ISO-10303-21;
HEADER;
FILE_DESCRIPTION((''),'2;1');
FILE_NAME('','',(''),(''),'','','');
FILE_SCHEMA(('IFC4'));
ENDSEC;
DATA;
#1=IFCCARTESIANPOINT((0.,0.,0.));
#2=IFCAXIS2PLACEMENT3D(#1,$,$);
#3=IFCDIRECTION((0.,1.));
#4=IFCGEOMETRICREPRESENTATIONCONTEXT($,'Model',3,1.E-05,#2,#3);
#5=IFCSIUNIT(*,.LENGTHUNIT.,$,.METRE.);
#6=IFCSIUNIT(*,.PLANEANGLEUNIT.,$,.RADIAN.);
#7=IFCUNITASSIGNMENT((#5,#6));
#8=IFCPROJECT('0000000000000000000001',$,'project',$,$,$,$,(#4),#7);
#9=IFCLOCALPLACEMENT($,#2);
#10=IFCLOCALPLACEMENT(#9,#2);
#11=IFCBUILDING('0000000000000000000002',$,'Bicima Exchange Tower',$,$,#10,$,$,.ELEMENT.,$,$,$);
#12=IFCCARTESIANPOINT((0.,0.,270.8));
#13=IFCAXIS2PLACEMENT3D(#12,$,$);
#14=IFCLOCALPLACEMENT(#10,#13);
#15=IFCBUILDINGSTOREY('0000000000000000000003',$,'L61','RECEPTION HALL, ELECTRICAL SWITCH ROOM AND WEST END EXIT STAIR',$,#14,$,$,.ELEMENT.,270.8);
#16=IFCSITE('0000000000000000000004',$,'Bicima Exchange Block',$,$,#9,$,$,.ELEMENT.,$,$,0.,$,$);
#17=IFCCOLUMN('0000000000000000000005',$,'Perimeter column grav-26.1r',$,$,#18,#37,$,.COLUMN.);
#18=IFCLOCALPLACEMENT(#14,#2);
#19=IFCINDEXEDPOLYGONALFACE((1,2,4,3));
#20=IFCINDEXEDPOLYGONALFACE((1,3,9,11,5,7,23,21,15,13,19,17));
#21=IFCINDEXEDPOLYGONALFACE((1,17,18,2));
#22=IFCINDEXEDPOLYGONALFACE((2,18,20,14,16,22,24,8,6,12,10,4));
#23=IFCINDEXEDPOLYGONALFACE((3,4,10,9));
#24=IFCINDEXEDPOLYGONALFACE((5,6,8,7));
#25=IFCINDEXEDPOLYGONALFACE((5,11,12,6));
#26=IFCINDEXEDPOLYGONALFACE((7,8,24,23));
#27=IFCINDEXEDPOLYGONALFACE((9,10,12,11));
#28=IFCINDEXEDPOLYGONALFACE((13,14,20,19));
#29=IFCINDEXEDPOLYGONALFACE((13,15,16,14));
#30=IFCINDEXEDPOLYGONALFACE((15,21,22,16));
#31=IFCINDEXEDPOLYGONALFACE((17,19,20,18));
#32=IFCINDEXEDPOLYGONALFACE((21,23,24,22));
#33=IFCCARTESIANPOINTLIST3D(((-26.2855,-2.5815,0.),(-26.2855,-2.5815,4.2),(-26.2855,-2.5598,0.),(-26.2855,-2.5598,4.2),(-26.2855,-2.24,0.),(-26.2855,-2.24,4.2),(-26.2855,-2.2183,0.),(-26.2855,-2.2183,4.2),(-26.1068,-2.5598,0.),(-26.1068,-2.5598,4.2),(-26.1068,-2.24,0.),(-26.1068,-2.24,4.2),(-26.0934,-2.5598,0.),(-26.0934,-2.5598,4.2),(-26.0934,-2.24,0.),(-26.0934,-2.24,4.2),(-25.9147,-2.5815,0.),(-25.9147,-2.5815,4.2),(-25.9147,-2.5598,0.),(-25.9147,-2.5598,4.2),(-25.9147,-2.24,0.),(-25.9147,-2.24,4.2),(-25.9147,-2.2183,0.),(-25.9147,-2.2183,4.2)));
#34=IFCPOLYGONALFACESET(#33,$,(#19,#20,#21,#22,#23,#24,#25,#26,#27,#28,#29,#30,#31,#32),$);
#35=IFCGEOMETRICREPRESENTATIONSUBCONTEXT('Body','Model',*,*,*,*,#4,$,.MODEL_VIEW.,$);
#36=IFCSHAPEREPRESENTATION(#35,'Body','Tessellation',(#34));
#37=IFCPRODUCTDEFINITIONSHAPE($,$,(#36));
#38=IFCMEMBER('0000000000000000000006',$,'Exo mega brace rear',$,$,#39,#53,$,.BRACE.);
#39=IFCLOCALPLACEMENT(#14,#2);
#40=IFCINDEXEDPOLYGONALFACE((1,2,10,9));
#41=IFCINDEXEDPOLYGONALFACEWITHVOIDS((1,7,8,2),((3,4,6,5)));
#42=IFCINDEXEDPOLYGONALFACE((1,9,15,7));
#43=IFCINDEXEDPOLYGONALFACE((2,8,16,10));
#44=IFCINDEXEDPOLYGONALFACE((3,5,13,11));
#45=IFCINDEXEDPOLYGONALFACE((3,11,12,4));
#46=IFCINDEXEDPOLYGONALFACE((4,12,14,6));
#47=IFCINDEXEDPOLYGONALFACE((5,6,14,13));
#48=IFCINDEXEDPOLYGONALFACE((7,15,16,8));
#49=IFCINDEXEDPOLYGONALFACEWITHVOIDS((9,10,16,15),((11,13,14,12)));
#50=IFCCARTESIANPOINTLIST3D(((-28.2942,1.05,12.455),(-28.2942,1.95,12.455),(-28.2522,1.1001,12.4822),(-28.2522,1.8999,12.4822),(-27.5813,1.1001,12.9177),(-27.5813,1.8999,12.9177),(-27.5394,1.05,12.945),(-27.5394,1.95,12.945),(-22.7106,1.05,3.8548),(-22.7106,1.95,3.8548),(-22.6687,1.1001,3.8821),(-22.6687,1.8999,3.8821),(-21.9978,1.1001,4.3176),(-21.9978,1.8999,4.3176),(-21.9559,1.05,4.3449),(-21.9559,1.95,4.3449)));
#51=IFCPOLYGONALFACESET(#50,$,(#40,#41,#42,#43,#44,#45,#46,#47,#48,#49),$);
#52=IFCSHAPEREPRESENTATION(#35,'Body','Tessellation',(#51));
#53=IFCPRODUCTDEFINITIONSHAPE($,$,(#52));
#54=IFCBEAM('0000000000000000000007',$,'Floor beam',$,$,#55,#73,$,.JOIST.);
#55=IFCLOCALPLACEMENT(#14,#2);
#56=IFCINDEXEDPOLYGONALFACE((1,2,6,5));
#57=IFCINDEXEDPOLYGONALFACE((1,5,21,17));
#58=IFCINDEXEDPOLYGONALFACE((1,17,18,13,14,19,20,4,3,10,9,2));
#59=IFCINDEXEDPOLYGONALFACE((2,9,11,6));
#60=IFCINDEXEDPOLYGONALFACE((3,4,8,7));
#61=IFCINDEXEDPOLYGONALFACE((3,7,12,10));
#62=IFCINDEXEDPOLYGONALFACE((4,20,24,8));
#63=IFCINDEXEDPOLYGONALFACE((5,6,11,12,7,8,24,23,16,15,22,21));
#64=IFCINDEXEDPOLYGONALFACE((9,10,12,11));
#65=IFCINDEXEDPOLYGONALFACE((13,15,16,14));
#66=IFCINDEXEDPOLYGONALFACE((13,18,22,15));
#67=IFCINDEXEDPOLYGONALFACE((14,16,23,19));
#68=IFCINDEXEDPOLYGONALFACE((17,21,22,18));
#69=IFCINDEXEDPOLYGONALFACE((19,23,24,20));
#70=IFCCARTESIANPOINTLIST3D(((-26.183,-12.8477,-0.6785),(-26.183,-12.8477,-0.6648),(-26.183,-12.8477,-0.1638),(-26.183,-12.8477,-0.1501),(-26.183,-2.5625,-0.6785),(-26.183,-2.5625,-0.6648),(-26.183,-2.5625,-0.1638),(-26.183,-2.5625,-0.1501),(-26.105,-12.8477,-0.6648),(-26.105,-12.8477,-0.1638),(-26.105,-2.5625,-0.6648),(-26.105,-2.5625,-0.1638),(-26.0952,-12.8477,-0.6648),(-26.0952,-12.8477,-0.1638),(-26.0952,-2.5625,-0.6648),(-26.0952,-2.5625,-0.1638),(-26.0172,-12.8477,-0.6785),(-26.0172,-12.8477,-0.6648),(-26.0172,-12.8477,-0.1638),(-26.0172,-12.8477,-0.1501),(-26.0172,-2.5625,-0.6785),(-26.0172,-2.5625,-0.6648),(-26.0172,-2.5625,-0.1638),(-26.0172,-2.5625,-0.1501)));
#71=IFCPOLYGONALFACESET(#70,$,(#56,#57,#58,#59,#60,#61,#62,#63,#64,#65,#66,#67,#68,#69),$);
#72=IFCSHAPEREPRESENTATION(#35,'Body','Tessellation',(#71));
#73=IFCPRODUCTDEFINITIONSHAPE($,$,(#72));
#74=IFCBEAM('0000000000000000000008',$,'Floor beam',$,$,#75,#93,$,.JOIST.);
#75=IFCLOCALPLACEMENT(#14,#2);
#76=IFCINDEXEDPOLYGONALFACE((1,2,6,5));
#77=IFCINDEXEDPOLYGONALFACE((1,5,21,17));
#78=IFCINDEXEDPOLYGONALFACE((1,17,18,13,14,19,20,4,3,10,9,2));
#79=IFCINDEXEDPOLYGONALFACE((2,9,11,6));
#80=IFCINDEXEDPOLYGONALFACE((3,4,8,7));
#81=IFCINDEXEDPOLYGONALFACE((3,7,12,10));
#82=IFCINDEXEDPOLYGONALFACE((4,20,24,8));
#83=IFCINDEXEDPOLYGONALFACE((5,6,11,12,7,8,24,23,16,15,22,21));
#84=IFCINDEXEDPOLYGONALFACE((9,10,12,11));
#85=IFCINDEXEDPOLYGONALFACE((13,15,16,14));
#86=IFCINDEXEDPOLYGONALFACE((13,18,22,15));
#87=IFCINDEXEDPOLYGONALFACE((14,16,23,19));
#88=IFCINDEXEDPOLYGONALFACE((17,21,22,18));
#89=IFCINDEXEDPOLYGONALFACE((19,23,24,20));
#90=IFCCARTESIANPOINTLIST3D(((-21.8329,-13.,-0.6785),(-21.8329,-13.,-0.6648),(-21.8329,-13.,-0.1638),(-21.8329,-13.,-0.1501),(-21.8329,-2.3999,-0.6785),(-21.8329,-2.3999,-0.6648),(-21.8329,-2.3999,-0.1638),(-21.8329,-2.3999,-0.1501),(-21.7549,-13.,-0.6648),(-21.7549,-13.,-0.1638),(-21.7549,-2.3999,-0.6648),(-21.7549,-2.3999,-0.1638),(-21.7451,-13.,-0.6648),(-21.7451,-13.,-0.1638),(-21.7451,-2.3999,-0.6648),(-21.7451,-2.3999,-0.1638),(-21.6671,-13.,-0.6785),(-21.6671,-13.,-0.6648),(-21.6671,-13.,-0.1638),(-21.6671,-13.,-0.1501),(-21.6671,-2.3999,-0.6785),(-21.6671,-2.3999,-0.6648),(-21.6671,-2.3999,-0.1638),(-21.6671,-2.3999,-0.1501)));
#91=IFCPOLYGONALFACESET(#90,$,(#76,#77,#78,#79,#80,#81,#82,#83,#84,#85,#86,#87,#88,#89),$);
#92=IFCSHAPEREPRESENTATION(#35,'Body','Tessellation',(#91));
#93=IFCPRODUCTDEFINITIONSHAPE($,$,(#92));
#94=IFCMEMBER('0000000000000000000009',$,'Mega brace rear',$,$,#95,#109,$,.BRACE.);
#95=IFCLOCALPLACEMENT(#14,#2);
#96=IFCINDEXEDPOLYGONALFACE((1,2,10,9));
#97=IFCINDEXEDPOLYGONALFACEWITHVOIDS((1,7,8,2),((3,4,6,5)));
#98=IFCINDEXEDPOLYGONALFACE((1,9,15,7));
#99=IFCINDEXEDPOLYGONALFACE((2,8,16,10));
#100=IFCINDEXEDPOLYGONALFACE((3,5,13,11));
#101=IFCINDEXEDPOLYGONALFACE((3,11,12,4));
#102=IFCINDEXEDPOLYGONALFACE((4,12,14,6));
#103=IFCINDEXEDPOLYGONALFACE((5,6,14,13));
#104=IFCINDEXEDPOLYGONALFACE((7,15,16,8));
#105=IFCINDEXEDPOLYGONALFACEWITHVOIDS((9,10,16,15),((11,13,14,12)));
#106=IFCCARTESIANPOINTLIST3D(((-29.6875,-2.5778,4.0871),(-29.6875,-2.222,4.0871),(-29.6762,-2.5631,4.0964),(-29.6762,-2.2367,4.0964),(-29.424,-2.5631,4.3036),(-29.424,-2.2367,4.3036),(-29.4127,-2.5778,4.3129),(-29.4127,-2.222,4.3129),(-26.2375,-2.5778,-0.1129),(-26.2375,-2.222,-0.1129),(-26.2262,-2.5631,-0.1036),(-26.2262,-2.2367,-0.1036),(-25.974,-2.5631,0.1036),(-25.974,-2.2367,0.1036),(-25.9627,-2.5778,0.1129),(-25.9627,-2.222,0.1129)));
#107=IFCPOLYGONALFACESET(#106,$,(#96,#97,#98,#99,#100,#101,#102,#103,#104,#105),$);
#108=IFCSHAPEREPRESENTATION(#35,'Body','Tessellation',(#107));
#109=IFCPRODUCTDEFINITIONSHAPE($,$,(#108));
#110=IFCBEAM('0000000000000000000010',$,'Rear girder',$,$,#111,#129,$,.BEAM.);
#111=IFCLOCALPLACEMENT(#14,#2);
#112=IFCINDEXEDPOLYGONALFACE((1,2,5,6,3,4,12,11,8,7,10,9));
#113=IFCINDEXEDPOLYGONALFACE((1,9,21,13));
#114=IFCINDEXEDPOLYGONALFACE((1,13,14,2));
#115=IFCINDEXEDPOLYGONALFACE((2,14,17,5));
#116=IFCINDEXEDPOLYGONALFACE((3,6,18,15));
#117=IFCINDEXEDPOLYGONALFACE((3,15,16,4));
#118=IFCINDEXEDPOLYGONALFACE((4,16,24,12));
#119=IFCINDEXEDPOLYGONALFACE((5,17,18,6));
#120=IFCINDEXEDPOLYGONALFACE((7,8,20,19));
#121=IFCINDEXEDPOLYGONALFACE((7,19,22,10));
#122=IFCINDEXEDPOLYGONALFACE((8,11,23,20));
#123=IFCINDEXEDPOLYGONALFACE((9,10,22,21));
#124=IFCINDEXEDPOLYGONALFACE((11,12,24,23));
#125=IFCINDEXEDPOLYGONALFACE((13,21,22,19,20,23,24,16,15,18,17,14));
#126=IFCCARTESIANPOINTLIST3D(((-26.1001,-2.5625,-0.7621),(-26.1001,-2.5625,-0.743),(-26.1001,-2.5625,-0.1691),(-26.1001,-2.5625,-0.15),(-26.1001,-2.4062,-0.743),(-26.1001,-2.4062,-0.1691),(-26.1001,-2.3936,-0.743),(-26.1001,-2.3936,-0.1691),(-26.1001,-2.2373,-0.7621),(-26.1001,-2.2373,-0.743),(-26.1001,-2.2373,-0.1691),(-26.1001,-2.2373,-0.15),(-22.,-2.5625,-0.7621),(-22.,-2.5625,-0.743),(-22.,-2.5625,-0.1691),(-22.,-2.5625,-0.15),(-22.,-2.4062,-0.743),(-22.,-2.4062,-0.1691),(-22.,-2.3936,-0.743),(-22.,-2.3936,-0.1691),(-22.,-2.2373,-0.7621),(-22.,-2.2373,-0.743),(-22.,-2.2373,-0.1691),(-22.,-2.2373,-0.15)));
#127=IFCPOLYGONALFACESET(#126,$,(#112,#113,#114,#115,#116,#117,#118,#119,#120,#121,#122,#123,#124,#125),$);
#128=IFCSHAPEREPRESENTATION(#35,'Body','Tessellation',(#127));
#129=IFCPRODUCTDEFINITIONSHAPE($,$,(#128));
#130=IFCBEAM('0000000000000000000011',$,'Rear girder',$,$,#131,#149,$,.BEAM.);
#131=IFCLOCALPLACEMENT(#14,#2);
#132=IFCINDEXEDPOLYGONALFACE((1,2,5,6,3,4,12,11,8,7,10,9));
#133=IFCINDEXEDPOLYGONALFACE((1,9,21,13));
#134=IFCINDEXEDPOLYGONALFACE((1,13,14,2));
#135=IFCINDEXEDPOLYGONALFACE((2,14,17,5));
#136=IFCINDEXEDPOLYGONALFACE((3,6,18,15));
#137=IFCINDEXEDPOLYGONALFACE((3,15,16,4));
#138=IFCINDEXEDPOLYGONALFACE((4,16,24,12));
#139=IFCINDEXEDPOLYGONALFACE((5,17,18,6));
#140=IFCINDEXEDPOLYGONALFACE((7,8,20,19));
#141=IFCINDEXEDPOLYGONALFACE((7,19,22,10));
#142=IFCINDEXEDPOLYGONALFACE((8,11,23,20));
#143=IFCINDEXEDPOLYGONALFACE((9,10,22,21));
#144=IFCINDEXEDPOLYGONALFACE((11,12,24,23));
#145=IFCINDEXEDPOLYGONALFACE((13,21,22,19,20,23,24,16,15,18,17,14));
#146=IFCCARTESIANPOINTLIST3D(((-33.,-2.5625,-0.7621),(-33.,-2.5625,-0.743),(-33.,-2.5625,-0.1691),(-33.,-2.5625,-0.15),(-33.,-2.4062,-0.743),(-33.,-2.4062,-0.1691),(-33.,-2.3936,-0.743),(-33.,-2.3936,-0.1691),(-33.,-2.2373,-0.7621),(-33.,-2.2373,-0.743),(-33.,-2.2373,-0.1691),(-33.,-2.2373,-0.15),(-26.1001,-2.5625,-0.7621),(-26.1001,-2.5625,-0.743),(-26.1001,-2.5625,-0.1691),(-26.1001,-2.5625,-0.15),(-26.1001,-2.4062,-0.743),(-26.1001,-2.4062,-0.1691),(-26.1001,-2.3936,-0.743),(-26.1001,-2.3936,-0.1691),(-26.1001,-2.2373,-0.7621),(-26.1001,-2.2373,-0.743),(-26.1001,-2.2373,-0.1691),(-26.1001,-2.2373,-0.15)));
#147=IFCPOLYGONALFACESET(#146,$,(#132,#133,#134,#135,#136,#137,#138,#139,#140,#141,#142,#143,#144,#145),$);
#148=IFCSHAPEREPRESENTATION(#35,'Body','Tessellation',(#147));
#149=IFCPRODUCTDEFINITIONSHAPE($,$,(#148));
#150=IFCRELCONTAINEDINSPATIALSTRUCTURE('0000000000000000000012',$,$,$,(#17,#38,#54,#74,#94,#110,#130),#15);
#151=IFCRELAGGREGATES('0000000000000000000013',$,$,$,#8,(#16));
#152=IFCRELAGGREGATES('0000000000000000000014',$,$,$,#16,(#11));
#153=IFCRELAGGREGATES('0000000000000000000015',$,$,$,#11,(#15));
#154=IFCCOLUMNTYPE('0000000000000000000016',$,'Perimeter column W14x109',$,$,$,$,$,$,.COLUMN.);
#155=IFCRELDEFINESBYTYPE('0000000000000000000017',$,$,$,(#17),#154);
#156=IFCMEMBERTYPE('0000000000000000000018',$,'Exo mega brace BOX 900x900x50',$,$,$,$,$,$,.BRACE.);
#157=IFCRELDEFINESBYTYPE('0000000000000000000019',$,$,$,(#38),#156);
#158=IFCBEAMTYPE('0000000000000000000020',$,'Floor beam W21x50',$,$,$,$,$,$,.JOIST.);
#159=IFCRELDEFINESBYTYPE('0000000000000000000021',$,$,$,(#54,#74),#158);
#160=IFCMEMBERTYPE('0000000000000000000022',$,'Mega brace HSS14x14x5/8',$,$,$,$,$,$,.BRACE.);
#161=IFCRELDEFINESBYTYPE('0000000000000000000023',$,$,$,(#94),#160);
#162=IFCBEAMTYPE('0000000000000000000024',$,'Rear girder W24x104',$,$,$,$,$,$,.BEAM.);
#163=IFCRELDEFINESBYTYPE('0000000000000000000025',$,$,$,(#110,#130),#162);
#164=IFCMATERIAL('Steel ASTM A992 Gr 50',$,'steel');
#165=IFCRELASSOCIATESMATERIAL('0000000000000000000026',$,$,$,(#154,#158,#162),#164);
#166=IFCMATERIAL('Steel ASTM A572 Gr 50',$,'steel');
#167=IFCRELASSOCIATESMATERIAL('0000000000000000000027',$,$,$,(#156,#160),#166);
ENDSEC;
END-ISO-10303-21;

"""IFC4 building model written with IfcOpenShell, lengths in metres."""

from ifc_helpers import new_model, si_unit, direction, frame, origin, origin_2d, place, context, subcontext, project, spatial, hollow_rectangle, i_section, extrude, material, material_profile, profile_set, type_object, element, save


model = new_model("IFC4")

# Units and contexts
model_context = context("Model", 3, precision=1e-05, world=origin(), true_north=direction((0.0, 1.0)))
body_context = subcontext(model_context, "Body", "Model", "MODEL_VIEW")
ifc_project = project(units=[si_unit("LENGTHUNIT", "METRE"), si_unit("PLANEANGLEUNIT", "RADIAN")], contexts=[model_context])

# Site, building, storey
site_placement = place(None, origin())
site = spatial("IfcSite", under=ifc_project, at=site_placement, Name="Bicima Exchange Block", CompositionType="ELEMENT", RefElevation=0.0)
building_placement = place(site_placement, origin())
building = spatial("IfcBuilding", under=site, at=building_placement, Name="Bicima Exchange Tower", CompositionType="ELEMENT")
storey_placement = place(building_placement, frame((0.0, 0.0, 270.8)))
storey = spatial("IfcBuildingStorey", under=building, at=storey_placement, Name="L61", Description="RECEPTION HALL, ELECTRICAL SWITCH ROOM AND WEST END EXIT STAIR", CompositionType="ELEMENT", Elevation=270.8)

# Column
ifc_material_1 = material(Name="Steel ASTM A992 Gr 50", Category="steel")
ifc_material_profile_1 = material_profile(ifc_material_1, i_section(OverallWidth=0.3708, OverallDepth=0.3633, WebThickness=0.0134, FlangeThickness=0.0217, at=origin_2d()))
ifc_profile_set_1 = profile_set([ifc_material_profile_1], Name="Steel ASTM A992 Gr 50")
column_type = type_object("IfcColumnType", Name="Perimeter column W14x109", PredefinedType="COLUMN", material=ifc_profile_set_1)
column_placement = place(storey_placement, frame((-26.1001, -2.3999, 0.0), z_axis=(0.0, 0.0, 1.0), x_axis=(1.0, 0.0, 0.0)))
element("IfcColumn", 1, at=column_placement, inside=storey, type_object=column_type, Name="Perimeter column grav-26.1r", PredefinedType="COLUMN", context=body_context, shape_type="SweptSolid", body=[
    extrude(i_section(OverallWidth=0.3708, OverallDepth=0.3633, WebThickness=0.0134, FlangeThickness=0.0217, at=origin_2d()), origin(), (0.0, 0.0, 1.0), 4.2),
])

# Member
ifc_material_2 = material(Name="Steel ASTM A572 Gr 50", Category="steel")
ifc_material_profile_2 = material_profile(ifc_material_2, hollow_rectangle(XDim=0.8999, YDim=0.8999, WallThickness=0.05, at=origin_2d()))
ifc_profile_set_2 = profile_set([ifc_material_profile_2], Name="Steel ASTM A572 Gr 50")
member_type_1 = type_object("IfcMemberType", Name="Exo mega brace BOX 900x900x50", PredefinedType="BRACE", material=ifc_profile_set_2)
member_1_placement = place(storey_placement, frame((-22.3333, 1.5, 4.0999), z_axis=(-0.544538, 0.0, 0.838736), x_axis=(0.0, -1.0, 0.0)))
element("IfcMember", 2, at=member_1_placement, inside=storey, type_object=member_type_1, Name="Exo mega brace rear", PredefinedType="BRACE", context=body_context, shape_type="SweptSolid", body=[
    extrude(hollow_rectangle(XDim=0.8999, YDim=0.8999, WallThickness=0.05, at=origin_2d()), origin(), (0.0, 0.0, 1.0), 10.2537),
])

# Beams
ifc_material_profile_3 = material_profile(ifc_material_1, i_section(OverallWidth=0.1658, OverallDepth=0.5283, WebThickness=0.0098, FlangeThickness=0.0137, at=origin_2d()))
ifc_profile_set_3 = profile_set([ifc_material_profile_3], Name="Steel ASTM A992 Gr 50")
beam_type_1 = type_object("IfcBeamType", Name="Floor beam W21x50", PredefinedType="JOIST", material=ifc_profile_set_3)
beam_1_placement = place(storey_placement, frame((-26.1001, -2.5625, -0.4143), z_axis=(0.0, -1.0, 0.0), x_axis=(1.0, 0.0, 0.0)))
element("IfcBeam", 3, at=beam_1_placement, inside=storey, type_object=beam_type_1, Name="Floor beam", PredefinedType="JOIST", context=body_context, shape_type="SweptSolid", body=[
    extrude(i_section(OverallWidth=0.1658, OverallDepth=0.5283, WebThickness=0.0098, FlangeThickness=0.0137, at=origin_2d()), origin(), (0.0, 0.0, 1.0), 10.2852),
])
beam_2_placement = place(storey_placement, frame((-21.75, -2.3999, -0.4143), z_axis=(0.0, -1.0, 0.0), x_axis=(1.0, 0.0, 0.0)))
element("IfcBeam", 4, at=beam_2_placement, inside=storey, type_object=beam_type_1, Name="Floor beam", PredefinedType="JOIST", context=body_context, shape_type="SweptSolid", body=[
    extrude(i_section(OverallWidth=0.1658, OverallDepth=0.5283, WebThickness=0.0098, FlangeThickness=0.0137, at=origin_2d()), origin(), (0.0, 0.0, 1.0), 10.6001),
])

# Member
ifc_material_profile_4 = material_profile(ifc_material_2, hollow_rectangle(XDim=0.3557, YDim=0.3557, WallThickness=0.0146, at=origin_2d()))
ifc_profile_set_4 = profile_set([ifc_material_profile_4], Name="Steel ASTM A572 Gr 50")
member_type_2 = type_object("IfcMemberType", Name="Mega brace HSS14x14x5/8", PredefinedType="BRACE", material=ifc_profile_set_4)
member_2_placement = place(storey_placement, frame((-26.1001, -2.3999, 0.0), z_axis=(-0.634738, 0.0, 0.772727), x_axis=(0.0, -1.0, 0.0)))
element("IfcMember", 5, at=member_2_placement, inside=storey, type_object=member_type_2, Name="Mega brace rear", PredefinedType="BRACE", context=body_context, shape_type="SweptSolid", body=[
    extrude(hollow_rectangle(XDim=0.3557, YDim=0.3557, WallThickness=0.0146, at=origin_2d()), origin(), (0.0, 0.0, 1.0), 5.4353),
])

# Beams
ifc_material_profile_5 = material_profile(ifc_material_1, i_section(OverallWidth=0.3252, OverallDepth=0.6121, WebThickness=0.0127, FlangeThickness=0.019, at=origin_2d()))
ifc_profile_set_5 = profile_set([ifc_material_profile_5], Name="Steel ASTM A992 Gr 50")
beam_type_2 = type_object("IfcBeamType", Name="Rear girder W24x104", PredefinedType="BEAM", material=ifc_profile_set_5)
beam_3_placement = place(storey_placement, frame((-22.0, -2.3999, -0.4561), z_axis=(-1.0, 0.0, 0.0), x_axis=(0.0, -1.0, 0.0)))
element("IfcBeam", 6, at=beam_3_placement, inside=storey, type_object=beam_type_2, Name="Rear girder", PredefinedType="BEAM", context=body_context, shape_type="SweptSolid", body=[
    extrude(i_section(OverallWidth=0.3252, OverallDepth=0.6121, WebThickness=0.0127, FlangeThickness=0.019, at=origin_2d()), origin(), (0.0, 0.0, 1.0), 4.1001),
])
beam_4_placement = place(storey_placement, frame((-26.1001, -2.3999, -0.4561), z_axis=(-1.0, 0.0, 0.0), x_axis=(0.0, -1.0, 0.0)))
element("IfcBeam", 7, at=beam_4_placement, inside=storey, type_object=beam_type_2, Name="Rear girder", PredefinedType="BEAM", context=body_context, shape_type="SweptSolid", body=[
    extrude(i_section(OverallWidth=0.3252, OverallDepth=0.6121, WebThickness=0.0127, FlangeThickness=0.019, at=origin_2d()), origin(), (0.0, 0.0, 1.0), 6.8999),
])

save(model, "model.ifc")
